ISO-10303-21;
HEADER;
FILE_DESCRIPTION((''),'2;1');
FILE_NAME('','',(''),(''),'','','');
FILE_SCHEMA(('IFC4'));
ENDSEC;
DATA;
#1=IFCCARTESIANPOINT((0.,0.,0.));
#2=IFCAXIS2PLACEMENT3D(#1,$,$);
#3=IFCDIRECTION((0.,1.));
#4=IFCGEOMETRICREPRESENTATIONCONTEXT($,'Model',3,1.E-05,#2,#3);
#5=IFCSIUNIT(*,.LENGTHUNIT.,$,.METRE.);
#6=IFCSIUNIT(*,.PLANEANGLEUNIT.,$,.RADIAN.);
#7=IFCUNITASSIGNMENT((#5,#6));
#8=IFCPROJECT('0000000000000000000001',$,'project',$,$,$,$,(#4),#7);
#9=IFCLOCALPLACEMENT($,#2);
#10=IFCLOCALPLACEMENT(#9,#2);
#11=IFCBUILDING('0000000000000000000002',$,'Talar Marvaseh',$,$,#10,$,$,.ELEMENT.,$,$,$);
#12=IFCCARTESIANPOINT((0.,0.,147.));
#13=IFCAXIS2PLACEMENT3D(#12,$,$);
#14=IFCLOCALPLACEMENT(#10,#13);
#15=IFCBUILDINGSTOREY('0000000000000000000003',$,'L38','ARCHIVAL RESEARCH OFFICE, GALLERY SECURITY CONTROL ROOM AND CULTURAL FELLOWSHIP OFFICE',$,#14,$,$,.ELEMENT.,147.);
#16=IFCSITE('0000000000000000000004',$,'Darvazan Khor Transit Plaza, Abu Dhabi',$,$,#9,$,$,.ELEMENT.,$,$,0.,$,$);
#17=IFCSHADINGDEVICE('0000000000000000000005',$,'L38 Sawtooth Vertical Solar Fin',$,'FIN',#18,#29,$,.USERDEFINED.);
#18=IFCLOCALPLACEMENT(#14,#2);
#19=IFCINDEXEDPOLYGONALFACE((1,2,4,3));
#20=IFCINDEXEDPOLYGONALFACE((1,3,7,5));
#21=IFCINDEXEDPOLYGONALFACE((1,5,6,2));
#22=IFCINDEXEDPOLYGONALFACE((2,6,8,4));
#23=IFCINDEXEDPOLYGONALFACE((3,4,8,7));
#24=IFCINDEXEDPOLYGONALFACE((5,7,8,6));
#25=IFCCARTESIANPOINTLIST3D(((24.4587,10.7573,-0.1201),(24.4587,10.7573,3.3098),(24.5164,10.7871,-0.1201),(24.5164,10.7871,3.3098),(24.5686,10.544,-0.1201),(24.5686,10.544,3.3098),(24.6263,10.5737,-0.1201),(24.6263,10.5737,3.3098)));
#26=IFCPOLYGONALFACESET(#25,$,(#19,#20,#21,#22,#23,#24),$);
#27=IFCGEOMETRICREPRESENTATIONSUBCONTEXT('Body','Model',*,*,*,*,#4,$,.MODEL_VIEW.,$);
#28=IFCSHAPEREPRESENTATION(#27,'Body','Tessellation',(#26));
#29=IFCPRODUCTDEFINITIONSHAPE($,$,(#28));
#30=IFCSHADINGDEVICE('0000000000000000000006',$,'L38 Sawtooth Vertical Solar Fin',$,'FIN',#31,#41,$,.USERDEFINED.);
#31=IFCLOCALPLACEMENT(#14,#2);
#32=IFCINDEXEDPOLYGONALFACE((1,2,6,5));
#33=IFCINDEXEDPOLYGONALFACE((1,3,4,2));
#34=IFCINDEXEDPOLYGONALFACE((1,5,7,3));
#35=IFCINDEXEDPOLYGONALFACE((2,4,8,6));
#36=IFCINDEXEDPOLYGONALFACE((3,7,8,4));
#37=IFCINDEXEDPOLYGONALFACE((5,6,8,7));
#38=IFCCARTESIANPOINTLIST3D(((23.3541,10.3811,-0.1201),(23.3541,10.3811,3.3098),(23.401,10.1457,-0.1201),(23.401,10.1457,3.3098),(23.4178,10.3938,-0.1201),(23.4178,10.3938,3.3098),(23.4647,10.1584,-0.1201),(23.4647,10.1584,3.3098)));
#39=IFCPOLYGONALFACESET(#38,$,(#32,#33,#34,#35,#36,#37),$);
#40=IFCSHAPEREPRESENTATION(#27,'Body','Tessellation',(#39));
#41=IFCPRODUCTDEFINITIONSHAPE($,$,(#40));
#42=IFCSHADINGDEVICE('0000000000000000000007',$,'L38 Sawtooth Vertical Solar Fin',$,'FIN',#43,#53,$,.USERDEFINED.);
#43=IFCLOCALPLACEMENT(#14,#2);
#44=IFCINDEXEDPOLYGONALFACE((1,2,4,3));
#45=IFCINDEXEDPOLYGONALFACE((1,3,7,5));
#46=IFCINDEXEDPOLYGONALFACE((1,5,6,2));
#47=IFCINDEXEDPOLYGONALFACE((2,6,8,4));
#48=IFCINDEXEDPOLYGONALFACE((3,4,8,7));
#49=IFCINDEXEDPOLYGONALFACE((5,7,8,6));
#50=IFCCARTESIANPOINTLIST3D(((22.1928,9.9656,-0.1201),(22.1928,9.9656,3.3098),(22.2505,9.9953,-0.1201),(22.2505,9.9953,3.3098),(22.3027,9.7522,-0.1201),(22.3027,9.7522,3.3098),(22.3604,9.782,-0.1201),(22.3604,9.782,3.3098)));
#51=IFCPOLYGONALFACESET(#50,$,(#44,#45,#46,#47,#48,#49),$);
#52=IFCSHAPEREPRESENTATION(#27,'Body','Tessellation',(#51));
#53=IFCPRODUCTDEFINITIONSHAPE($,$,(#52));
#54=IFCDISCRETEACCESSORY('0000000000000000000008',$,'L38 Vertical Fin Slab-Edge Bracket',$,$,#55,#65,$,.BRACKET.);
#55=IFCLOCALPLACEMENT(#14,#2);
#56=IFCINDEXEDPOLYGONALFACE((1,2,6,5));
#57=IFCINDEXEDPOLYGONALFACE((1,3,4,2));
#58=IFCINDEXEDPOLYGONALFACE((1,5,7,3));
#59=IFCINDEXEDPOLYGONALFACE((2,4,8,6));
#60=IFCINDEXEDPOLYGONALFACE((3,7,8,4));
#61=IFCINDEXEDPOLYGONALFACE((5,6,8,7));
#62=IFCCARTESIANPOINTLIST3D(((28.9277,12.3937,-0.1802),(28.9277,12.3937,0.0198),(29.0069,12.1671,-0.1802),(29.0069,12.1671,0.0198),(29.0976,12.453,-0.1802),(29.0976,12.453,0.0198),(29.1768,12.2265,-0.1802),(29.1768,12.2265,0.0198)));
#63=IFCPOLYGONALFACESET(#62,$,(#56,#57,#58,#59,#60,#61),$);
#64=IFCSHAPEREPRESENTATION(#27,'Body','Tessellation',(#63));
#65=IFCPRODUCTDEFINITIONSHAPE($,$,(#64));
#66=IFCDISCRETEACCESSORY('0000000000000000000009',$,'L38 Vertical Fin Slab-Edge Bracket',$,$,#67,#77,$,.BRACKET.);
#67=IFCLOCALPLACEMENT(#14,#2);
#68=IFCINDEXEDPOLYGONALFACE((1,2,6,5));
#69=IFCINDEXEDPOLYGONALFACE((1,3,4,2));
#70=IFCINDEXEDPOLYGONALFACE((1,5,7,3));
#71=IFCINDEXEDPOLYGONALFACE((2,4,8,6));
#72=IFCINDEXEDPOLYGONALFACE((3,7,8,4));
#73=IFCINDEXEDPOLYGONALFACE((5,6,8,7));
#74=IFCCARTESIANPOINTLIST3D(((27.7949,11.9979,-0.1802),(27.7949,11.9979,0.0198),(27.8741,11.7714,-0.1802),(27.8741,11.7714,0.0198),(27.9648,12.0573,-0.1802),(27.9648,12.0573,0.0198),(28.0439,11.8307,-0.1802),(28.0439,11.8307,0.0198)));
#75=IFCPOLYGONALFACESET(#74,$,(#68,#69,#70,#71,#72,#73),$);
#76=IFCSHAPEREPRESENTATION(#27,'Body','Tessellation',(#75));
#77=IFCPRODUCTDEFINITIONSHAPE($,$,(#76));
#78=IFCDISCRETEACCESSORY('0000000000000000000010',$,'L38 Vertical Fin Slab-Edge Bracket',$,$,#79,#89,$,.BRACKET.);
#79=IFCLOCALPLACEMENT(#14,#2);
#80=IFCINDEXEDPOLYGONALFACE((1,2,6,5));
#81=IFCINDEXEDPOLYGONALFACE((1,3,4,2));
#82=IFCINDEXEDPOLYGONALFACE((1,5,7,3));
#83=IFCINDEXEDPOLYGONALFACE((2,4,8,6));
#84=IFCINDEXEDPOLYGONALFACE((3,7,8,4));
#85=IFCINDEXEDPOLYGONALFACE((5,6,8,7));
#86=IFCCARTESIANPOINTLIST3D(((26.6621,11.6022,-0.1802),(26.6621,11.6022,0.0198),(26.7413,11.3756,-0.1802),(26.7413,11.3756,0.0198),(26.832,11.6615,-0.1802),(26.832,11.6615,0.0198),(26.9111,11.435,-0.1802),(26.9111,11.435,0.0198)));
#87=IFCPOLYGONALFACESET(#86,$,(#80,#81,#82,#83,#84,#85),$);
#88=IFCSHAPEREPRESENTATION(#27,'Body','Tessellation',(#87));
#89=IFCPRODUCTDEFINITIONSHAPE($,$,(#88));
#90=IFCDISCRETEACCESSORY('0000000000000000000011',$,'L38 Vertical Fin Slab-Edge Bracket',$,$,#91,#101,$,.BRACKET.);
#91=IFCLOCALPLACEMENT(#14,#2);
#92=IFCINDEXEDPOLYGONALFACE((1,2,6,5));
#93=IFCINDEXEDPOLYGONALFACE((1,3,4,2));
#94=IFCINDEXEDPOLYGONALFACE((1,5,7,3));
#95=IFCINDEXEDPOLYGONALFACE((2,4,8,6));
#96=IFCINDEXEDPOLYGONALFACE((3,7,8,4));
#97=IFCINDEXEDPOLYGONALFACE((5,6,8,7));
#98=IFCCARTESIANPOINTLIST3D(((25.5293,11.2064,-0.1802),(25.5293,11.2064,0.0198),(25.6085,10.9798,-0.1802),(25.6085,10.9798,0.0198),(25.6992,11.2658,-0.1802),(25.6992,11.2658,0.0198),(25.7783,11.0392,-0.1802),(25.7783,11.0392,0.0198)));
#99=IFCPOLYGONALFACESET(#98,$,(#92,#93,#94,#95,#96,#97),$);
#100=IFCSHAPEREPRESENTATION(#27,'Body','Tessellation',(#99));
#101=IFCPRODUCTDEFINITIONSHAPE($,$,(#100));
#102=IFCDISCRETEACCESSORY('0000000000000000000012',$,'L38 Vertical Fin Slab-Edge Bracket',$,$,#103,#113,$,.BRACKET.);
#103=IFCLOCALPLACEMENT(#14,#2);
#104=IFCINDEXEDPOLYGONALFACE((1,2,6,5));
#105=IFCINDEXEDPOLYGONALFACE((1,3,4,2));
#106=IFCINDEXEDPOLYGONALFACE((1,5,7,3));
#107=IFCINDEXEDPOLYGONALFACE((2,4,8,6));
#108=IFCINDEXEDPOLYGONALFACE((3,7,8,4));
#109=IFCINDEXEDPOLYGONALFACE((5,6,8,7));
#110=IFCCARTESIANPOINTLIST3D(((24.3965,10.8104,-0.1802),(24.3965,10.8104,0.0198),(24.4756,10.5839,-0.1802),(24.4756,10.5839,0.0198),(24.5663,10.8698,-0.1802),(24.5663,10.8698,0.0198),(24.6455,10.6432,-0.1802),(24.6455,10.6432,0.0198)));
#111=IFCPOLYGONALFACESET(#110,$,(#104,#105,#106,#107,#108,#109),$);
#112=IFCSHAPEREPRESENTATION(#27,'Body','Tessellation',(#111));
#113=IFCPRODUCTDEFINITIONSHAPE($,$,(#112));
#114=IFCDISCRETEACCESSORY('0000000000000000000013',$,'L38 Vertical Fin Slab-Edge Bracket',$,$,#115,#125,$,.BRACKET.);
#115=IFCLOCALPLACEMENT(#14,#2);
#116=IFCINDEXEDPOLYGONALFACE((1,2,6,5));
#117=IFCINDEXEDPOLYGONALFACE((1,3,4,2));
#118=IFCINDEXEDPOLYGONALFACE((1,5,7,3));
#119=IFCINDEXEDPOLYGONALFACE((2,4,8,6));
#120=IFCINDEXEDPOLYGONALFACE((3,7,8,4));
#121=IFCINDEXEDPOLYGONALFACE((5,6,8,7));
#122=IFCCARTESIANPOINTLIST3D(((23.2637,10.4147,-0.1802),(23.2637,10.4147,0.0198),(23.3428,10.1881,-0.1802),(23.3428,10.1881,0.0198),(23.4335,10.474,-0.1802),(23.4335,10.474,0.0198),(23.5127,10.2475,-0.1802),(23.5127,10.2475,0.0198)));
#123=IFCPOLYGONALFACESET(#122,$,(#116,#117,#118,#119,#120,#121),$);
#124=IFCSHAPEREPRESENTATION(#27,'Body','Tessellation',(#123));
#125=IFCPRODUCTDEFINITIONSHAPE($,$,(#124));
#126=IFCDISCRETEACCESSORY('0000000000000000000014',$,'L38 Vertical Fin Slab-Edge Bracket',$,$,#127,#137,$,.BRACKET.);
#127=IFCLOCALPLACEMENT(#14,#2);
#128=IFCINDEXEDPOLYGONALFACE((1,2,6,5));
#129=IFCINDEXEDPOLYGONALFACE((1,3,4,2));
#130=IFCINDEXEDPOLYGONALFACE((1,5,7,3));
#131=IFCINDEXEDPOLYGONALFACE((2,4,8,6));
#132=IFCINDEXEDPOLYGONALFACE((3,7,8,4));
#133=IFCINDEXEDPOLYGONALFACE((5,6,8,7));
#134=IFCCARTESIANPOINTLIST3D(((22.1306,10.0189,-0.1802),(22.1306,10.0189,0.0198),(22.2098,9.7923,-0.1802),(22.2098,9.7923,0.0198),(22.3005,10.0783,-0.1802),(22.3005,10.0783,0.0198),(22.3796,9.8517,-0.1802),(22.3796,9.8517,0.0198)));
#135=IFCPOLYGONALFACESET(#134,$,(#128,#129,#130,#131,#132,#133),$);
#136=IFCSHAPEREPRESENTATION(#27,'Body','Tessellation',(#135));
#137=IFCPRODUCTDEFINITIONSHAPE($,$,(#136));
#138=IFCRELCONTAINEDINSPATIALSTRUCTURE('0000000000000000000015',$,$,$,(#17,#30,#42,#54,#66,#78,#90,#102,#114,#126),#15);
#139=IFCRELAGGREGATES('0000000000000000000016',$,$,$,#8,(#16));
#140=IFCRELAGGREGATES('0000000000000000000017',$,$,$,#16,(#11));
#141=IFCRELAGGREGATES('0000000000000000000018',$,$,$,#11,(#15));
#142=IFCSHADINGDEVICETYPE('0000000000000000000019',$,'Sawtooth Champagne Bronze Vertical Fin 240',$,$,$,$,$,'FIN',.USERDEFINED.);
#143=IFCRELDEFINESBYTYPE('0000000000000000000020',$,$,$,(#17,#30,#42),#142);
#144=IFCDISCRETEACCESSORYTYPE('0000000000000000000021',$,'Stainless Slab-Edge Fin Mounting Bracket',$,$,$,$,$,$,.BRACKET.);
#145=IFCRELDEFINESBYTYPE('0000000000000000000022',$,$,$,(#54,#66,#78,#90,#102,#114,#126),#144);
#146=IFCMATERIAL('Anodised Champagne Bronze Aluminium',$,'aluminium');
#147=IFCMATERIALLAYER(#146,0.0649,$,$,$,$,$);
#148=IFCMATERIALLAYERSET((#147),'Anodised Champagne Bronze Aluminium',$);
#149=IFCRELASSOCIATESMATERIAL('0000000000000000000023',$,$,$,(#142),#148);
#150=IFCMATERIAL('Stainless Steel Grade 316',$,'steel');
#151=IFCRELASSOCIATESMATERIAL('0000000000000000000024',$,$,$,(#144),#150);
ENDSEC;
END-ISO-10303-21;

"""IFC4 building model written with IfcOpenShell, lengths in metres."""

from ifc_helpers import new_model, si_unit, direction, frame, origin, origin_2d, place, context, subcontext, project, spatial, rectangle, extrude, source, transform, mapped, material, layer, layer_set, type_object, type_shapes, element, save


model = new_model("IFC4")

# Units and contexts
model_context = context("Model", 3, precision=1e-05, world=origin(), true_north=direction((0.0, 1.0)))
body_context = subcontext(model_context, "Body", "Model", "MODEL_VIEW")
ifc_project = project(units=[si_unit("LENGTHUNIT", "METRE"), si_unit("PLANEANGLEUNIT", "RADIAN")], contexts=[model_context])

# Site, building, storey
site_placement = place(None, origin())
site = spatial("IfcSite", under=ifc_project, at=site_placement, Name="Darvazan Khor Transit Plaza, Abu Dhabi", CompositionType="ELEMENT", RefElevation=0.0)
building_placement = place(site_placement, origin())
building = spatial("IfcBuilding", under=site, at=building_placement, Name="Talar Marvaseh", CompositionType="ELEMENT")
storey_placement = place(building_placement, frame((0.0, 0.0, 147.0)))
storey = spatial("IfcBuildingStorey", under=building, at=storey_placement, Name="L38", Description="ARCHIVAL RESEARCH OFFICE, GALLERY SECURITY CONTROL ROOM AND CULTURAL FELLOWSHIP OFFICE", CompositionType="ELEMENT", Elevation=147.0)

# Shading devices
ifc_material_1 = material(Name="Anodised Champagne Bronze Aluminium", Category="aluminium")
ifc_layer_1 = layer(ifc_material_1, 0.0649)
ifc_layer_set_1 = layer_set([ifc_layer_1], Name="Anodised Champagne Bronze Aluminium")
shading_device_type = type_object("IfcShadingDeviceType", Name="Sawtooth Champagne Bronze Vertical Fin 240", ElementType="FIN", PredefinedType="USERDEFINED", material=ifc_layer_set_1)
shared_shape_1 = source(origin(), body_context, "Body", "SweptSolid", [
    extrude(rectangle(XDim=0.24, YDim=0.0649, at=origin_2d()), origin(), (0.0, 0.0, 1.0), 3.4299),
])
type_shapes(shading_device_type, [shared_shape_1])
for number, where, z_axis, x_axis, name in (
    (1, (24.5425, 10.6655, -0.1201), (0.0, 0.0, 1.0), (0.458029, -0.888937, 0.0), "L38 Sawtooth Vertical Solar Fin"),
    (2, (23.4094, 10.2698, -0.1201), (0.0, 0.0, 1.0), (0.195261, -0.980751, 0.0), "L38 Sawtooth Vertical Solar Fin"),
    (3, (22.2766, 9.8738, -0.1201), (0.0, 0.0, 1.0), (0.458029, -0.888937, 0.0), "L38 Sawtooth Vertical Solar Fin"),
):
    element("IfcShadingDevice", number, at=place(storey_placement, frame(where, z_axis=z_axis, x_axis=x_axis)), inside=storey, type_object=shading_device_type, Name=name, ObjectType="FIN", PredefinedType="USERDEFINED", context=body_context, shape_type="MappedRepresentation", body=[
        mapped(shared_shape_1, transform((0.0, 0.0, 0.0), x_axis=(1.0, 0.0, 0.0), y_axis=(0.0, 1.0, 0.0), z_axis=(0.0, 0.0, 1.0), scale=1.0)),
    ])

# Discrete accessories
ifc_material_2 = material(Name="Stainless Steel Grade 316", Category="steel")
discrete_accessory_type = type_object("IfcDiscreteAccessoryType", Name="Stainless Slab-Edge Fin Mounting Bracket", PredefinedType="BRACKET", material=ifc_material_2)
shared_shape_2 = source(origin(), body_context, "Body", "SweptSolid", [
    extrude(rectangle(XDim=0.24, YDim=0.1799, at=origin_2d()), origin(), (0.0, 0.0, 1.0), 0.2),
])
type_shapes(discrete_accessory_type, [shared_shape_2])
for number, where, z_axis, x_axis, name in (
    (4, (29.0522, 12.3101, -0.1802), (0.0, 0.0, 1.0), (0.329855, -0.944031, 0.0), "L38 Vertical Fin Slab-Edge Bracket"),
    (5, (27.9194, 11.9143, -0.1802), (0.0, 0.0, 1.0), (0.329855, -0.944031, 0.0), "L38 Vertical Fin Slab-Edge Bracket"),
    (6, (26.7866, 11.5186, -0.1802), (0.0, 0.0, 1.0), (0.329855, -0.944031, 0.0), "L38 Vertical Fin Slab-Edge Bracket"),
    (7, (25.6538, 11.1228, -0.1802), (0.0, 0.0, 1.0), (0.329855, -0.944031, 0.0), "L38 Vertical Fin Slab-Edge Bracket"),
    (8, (24.521, 10.7268, -0.1802), (0.0, 0.0, 1.0), (0.329855, -0.944031, 0.0), "L38 Vertical Fin Slab-Edge Bracket"),
    (9, (23.3882, 10.3311, -0.1802), (0.0, 0.0, 1.0), (0.329855, -0.944031, 0.0), "L38 Vertical Fin Slab-Edge Bracket"),
    (10, (22.2551, 9.9353, -0.1802), (0.0, 0.0, 1.0), (0.329855, -0.944031, 0.0), "L38 Vertical Fin Slab-Edge Bracket"),
):
    element("IfcDiscreteAccessory", number, at=place(storey_placement, frame(where, z_axis=z_axis, x_axis=x_axis)), inside=storey, type_object=discrete_accessory_type, Name=name, PredefinedType="BRACKET", context=body_context, shape_type="MappedRepresentation", body=[
        mapped(shared_shape_2, transform((0.0, 0.0, 0.0), x_axis=(1.0, 0.0, 0.0), y_axis=(0.0, 1.0, 0.0), z_axis=(0.0, 0.0, 1.0), scale=1.0)),
    ])

save(model, "model.ifc")
